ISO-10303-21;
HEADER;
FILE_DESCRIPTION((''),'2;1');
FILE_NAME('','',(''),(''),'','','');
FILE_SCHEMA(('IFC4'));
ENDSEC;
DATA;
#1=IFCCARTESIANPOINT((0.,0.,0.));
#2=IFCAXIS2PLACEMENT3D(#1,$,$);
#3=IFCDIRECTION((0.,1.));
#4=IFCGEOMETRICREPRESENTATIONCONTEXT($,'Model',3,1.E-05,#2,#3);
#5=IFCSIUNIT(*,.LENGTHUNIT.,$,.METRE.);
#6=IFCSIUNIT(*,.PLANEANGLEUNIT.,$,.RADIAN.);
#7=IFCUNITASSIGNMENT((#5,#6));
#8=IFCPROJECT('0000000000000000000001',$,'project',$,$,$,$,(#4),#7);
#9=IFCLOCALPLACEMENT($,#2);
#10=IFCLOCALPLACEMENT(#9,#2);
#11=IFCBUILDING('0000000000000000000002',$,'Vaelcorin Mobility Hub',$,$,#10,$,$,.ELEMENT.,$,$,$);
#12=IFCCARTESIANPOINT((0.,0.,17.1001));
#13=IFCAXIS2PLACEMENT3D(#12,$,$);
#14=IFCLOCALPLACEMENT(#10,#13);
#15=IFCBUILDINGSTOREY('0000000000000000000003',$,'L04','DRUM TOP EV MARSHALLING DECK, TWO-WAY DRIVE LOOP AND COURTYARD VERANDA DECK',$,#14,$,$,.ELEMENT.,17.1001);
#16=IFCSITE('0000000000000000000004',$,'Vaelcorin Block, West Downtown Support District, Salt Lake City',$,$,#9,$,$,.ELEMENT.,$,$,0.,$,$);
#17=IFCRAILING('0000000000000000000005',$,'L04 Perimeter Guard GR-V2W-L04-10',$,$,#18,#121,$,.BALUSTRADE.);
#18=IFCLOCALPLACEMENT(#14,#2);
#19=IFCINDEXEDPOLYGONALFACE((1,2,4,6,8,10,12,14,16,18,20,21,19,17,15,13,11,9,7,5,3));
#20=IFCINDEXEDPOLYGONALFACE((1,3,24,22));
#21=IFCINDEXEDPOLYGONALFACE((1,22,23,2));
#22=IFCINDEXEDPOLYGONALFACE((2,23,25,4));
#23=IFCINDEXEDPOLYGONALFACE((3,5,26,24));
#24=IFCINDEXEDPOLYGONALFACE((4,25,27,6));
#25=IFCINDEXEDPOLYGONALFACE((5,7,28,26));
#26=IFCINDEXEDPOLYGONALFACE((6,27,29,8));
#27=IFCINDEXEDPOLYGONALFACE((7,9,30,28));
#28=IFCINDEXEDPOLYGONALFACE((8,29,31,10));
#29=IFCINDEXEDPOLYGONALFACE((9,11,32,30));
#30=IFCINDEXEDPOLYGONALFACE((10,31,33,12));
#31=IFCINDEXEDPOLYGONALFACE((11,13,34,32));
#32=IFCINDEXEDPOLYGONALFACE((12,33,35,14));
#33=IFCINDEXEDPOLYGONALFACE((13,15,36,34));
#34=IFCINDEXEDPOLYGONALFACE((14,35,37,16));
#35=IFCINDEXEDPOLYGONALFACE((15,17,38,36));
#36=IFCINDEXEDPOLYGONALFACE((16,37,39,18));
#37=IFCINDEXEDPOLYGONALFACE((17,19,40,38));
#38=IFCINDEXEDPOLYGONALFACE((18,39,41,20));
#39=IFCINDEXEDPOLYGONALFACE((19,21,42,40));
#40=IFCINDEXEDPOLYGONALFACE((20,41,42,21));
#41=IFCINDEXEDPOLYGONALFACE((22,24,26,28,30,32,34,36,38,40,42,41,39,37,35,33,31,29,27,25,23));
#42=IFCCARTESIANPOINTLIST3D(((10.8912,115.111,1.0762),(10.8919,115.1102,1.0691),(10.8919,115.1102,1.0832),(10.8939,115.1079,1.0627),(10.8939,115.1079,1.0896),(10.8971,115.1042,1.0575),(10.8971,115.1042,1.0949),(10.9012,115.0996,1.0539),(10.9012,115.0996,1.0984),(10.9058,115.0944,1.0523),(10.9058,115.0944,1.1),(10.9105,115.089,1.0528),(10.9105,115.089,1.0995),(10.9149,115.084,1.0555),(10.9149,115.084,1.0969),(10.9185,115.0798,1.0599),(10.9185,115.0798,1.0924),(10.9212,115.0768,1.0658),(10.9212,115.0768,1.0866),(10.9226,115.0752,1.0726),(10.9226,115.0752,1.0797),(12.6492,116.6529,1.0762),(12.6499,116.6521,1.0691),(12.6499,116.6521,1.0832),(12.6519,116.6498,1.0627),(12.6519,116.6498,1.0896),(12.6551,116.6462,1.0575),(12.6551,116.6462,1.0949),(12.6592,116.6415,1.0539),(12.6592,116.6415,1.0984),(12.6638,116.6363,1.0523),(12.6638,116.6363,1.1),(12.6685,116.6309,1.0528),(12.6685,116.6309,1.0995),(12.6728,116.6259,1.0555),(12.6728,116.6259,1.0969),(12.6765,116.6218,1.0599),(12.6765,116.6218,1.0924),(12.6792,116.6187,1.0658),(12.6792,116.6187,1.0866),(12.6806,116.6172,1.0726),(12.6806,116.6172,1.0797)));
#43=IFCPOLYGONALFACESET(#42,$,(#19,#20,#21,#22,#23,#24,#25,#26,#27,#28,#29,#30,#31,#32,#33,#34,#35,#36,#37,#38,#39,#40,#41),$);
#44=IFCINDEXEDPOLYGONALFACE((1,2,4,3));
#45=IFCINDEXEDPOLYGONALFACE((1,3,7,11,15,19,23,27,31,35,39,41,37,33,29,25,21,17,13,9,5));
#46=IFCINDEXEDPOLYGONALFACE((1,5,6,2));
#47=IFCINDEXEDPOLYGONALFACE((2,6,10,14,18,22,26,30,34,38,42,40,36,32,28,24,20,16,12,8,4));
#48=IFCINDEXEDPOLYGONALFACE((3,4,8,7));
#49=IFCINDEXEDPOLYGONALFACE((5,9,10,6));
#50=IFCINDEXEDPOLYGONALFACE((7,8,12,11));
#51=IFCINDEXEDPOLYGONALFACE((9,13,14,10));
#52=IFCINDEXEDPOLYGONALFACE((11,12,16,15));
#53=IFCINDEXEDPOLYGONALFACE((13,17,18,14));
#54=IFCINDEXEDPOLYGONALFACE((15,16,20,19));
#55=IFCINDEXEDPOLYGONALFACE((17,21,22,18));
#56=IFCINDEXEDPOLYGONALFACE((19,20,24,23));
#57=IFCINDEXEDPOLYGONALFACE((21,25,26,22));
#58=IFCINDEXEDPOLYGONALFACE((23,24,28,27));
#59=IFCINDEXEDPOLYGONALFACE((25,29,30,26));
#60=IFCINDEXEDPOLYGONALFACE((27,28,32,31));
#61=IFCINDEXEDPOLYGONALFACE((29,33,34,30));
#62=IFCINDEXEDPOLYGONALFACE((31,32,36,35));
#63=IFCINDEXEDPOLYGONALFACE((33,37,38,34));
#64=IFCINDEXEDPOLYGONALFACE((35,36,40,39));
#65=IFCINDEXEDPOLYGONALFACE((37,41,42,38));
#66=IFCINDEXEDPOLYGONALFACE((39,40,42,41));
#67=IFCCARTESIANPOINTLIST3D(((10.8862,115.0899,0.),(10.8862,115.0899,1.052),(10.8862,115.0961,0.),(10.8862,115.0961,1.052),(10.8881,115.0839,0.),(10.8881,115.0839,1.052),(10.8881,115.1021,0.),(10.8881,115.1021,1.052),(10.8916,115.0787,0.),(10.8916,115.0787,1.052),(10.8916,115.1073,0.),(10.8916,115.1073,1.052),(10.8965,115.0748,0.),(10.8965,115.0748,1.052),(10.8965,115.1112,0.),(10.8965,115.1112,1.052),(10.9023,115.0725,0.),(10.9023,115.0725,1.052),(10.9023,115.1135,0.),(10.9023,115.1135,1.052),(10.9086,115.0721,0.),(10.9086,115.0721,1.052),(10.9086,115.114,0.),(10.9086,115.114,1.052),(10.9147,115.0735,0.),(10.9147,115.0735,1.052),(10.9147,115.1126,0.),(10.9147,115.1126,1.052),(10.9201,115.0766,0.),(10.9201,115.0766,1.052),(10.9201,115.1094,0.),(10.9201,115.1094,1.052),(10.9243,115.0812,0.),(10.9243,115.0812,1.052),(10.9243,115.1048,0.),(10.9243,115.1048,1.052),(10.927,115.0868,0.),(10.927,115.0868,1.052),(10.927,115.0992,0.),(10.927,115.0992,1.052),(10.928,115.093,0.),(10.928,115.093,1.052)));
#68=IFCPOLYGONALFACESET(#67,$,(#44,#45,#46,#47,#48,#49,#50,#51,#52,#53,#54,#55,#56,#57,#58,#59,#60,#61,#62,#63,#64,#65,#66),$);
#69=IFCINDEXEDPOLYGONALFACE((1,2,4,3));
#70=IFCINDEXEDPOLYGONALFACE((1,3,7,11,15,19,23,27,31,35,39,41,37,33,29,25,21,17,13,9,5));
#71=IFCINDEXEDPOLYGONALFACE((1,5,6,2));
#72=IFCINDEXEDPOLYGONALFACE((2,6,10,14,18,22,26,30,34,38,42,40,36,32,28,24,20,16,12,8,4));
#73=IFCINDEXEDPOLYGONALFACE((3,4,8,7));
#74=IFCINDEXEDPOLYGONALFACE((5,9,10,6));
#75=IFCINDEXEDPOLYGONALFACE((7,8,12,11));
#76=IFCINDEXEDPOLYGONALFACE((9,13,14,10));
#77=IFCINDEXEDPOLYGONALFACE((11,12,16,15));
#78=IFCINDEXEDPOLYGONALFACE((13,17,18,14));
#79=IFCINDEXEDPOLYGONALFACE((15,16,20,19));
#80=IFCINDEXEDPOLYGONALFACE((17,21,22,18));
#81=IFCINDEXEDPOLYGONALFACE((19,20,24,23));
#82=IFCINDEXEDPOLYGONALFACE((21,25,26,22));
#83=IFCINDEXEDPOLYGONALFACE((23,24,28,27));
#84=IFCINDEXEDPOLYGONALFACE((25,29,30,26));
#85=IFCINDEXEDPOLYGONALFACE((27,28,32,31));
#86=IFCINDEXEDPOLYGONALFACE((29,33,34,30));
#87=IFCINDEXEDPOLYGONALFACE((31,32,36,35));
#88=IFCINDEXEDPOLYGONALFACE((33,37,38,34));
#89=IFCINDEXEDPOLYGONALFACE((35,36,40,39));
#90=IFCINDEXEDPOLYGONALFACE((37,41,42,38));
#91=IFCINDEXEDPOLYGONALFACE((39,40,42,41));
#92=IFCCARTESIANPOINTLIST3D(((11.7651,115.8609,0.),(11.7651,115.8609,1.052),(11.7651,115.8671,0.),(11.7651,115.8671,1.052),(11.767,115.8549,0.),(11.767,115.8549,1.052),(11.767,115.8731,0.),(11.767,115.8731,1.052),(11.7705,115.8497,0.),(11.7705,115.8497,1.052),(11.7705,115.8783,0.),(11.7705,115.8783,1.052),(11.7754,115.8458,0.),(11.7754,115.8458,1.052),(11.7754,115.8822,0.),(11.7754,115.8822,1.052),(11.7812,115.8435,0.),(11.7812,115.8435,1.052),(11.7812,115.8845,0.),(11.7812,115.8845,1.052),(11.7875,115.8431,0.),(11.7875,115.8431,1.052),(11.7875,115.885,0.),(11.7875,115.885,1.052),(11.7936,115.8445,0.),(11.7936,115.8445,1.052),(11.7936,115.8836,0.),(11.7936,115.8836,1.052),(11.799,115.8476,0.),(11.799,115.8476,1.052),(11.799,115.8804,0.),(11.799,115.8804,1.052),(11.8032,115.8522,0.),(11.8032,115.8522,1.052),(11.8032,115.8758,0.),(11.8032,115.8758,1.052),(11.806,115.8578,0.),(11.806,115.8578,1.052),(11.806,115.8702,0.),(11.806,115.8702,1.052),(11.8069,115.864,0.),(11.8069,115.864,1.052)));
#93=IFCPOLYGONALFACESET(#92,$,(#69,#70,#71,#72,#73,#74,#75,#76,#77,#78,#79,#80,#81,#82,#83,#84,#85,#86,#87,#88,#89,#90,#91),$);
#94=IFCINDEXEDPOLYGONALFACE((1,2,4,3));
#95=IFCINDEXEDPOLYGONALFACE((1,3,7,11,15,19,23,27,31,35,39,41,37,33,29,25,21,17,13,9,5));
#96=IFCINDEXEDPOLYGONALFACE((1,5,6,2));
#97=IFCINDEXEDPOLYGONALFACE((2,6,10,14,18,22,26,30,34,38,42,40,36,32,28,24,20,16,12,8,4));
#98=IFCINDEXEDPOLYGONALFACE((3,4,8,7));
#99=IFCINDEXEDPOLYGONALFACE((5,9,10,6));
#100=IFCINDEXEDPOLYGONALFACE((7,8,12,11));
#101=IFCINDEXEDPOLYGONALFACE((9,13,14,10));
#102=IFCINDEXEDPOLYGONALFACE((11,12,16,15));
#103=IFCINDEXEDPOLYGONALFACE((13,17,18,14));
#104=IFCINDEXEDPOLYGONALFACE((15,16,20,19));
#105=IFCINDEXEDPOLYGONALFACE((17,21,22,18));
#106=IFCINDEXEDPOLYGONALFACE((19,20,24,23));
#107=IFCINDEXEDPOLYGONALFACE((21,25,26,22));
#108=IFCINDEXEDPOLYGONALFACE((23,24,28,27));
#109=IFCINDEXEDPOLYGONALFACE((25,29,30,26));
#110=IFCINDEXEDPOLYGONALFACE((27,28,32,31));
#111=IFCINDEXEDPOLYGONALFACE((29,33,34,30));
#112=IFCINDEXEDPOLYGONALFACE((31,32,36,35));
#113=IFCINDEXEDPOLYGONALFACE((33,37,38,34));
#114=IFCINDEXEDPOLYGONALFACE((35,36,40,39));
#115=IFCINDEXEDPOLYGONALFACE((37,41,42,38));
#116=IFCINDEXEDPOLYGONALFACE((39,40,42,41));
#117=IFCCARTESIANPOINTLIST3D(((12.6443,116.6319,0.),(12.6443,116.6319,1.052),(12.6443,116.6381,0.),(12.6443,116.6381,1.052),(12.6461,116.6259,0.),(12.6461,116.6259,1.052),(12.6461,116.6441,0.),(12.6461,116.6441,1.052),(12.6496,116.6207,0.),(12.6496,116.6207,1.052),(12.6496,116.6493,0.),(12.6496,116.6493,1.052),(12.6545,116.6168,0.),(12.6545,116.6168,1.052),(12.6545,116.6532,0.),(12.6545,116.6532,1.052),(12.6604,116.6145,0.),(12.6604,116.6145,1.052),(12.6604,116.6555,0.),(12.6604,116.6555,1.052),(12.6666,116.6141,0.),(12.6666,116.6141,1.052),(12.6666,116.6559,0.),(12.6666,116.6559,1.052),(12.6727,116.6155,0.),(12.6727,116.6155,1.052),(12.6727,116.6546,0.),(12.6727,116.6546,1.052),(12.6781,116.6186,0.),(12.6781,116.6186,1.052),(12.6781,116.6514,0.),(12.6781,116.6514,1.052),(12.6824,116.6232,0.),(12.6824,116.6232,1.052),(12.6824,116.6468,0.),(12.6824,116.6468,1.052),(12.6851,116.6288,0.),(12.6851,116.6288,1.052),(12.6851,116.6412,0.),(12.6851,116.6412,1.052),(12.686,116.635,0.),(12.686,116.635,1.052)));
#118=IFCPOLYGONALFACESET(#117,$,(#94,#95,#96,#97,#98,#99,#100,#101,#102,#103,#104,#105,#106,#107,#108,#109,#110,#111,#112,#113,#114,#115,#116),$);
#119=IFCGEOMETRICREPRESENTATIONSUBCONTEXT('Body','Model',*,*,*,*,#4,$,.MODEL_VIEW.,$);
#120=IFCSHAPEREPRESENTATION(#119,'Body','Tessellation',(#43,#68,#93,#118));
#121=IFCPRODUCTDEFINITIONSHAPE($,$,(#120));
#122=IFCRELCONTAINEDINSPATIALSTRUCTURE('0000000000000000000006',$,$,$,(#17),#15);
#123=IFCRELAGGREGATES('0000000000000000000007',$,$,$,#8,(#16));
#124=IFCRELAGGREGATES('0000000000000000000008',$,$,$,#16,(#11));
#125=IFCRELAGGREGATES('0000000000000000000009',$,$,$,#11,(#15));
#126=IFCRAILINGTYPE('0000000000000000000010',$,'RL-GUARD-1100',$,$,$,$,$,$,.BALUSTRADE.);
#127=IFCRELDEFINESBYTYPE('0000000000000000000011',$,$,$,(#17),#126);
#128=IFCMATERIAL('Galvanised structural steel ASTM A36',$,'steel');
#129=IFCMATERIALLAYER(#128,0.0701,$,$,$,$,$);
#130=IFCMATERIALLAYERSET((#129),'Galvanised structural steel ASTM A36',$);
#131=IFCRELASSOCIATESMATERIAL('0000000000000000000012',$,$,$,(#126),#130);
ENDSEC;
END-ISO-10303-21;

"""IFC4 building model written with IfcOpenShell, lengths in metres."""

from ifc_helpers import new_model, si_unit, direction, frame, origin, origin_2d, place, context, subcontext, project, spatial, circle, extrude, material, layer, layer_set, type_object, element, save


model = new_model("IFC4")

# Units and contexts
model_context = context("Model", 3, precision=1e-05, world=origin(), true_north=direction((0.0, 1.0)))
body_context = subcontext(model_context, "Body", "Model", "MODEL_VIEW")
ifc_project = project(units=[si_unit("LENGTHUNIT", "METRE"), si_unit("PLANEANGLEUNIT", "RADIAN")], contexts=[model_context])

# Site, building, storey
site_placement = place(None, origin())
site = spatial("IfcSite", under=ifc_project, at=site_placement, Name="Vaelcorin Block, West Downtown Support District, Salt Lake City", CompositionType="ELEMENT", RefElevation=0.0)
building_placement = place(site_placement, origin())
building = spatial("IfcBuilding", under=site, at=building_placement, Name="Vaelcorin Mobility Hub", CompositionType="ELEMENT")
storey_placement = place(building_placement, frame((0.0, 0.0, 17.1001)))
storey = spatial("IfcBuildingStorey", under=building, at=storey_placement, Name="L04", Description="DRUM TOP EV MARSHALLING DECK, TWO-WAY DRIVE LOOP AND COURTYARD VERANDA DECK", CompositionType="ELEMENT", Elevation=17.1001)

# Railing
ifc_material_1 = material(Name="Galvanised structural steel ASTM A36", Category="steel")
ifc_layer_1 = layer(ifc_material_1, 0.0701)
ifc_layer_set_1 = layer_set([ifc_layer_1], Name="Galvanised structural steel ASTM A36")
railing_type = type_object("IfcRailingType", Name="RL-GUARD-1100", PredefinedType="BALUSTRADE", material=ifc_layer_set_1)
railing_1_placement = place(storey_placement, frame((10.907, 115.093, 0.0)))
element("IfcRailing", 1, at=railing_1_placement, inside=storey, type_object=railing_type, Name="L04 Perimeter Guard GR-V2W-L04-10", PredefinedType="BALUSTRADE", context=body_context, shape_type="SweptSolid", body=[
    extrude(circle(Radius=0.0239, at=origin_2d()), frame((0.0, 0.0, 1.0762), z_axis=(0.751794, 0.659398, 0.0), x_axis=(-0.659398, 0.751794, 0.0)), (0.0, 0.0, 1.0), 2.3384),
    extrude(circle(Radius=0.021, at=origin_2d()), origin(), (0.0, 0.0, 1.0), 1.052),
    extrude(circle(Radius=0.021, at=origin_2d()), frame((0.8789, 0.771, 0.0)), (0.0, 0.0, 1.0), 1.052),
    extrude(circle(Radius=0.021, at=origin_2d()), frame((1.7581, 1.542, 0.0)), (0.0, 0.0, 1.0), 1.052),
])

save(model, "model.ifc")
